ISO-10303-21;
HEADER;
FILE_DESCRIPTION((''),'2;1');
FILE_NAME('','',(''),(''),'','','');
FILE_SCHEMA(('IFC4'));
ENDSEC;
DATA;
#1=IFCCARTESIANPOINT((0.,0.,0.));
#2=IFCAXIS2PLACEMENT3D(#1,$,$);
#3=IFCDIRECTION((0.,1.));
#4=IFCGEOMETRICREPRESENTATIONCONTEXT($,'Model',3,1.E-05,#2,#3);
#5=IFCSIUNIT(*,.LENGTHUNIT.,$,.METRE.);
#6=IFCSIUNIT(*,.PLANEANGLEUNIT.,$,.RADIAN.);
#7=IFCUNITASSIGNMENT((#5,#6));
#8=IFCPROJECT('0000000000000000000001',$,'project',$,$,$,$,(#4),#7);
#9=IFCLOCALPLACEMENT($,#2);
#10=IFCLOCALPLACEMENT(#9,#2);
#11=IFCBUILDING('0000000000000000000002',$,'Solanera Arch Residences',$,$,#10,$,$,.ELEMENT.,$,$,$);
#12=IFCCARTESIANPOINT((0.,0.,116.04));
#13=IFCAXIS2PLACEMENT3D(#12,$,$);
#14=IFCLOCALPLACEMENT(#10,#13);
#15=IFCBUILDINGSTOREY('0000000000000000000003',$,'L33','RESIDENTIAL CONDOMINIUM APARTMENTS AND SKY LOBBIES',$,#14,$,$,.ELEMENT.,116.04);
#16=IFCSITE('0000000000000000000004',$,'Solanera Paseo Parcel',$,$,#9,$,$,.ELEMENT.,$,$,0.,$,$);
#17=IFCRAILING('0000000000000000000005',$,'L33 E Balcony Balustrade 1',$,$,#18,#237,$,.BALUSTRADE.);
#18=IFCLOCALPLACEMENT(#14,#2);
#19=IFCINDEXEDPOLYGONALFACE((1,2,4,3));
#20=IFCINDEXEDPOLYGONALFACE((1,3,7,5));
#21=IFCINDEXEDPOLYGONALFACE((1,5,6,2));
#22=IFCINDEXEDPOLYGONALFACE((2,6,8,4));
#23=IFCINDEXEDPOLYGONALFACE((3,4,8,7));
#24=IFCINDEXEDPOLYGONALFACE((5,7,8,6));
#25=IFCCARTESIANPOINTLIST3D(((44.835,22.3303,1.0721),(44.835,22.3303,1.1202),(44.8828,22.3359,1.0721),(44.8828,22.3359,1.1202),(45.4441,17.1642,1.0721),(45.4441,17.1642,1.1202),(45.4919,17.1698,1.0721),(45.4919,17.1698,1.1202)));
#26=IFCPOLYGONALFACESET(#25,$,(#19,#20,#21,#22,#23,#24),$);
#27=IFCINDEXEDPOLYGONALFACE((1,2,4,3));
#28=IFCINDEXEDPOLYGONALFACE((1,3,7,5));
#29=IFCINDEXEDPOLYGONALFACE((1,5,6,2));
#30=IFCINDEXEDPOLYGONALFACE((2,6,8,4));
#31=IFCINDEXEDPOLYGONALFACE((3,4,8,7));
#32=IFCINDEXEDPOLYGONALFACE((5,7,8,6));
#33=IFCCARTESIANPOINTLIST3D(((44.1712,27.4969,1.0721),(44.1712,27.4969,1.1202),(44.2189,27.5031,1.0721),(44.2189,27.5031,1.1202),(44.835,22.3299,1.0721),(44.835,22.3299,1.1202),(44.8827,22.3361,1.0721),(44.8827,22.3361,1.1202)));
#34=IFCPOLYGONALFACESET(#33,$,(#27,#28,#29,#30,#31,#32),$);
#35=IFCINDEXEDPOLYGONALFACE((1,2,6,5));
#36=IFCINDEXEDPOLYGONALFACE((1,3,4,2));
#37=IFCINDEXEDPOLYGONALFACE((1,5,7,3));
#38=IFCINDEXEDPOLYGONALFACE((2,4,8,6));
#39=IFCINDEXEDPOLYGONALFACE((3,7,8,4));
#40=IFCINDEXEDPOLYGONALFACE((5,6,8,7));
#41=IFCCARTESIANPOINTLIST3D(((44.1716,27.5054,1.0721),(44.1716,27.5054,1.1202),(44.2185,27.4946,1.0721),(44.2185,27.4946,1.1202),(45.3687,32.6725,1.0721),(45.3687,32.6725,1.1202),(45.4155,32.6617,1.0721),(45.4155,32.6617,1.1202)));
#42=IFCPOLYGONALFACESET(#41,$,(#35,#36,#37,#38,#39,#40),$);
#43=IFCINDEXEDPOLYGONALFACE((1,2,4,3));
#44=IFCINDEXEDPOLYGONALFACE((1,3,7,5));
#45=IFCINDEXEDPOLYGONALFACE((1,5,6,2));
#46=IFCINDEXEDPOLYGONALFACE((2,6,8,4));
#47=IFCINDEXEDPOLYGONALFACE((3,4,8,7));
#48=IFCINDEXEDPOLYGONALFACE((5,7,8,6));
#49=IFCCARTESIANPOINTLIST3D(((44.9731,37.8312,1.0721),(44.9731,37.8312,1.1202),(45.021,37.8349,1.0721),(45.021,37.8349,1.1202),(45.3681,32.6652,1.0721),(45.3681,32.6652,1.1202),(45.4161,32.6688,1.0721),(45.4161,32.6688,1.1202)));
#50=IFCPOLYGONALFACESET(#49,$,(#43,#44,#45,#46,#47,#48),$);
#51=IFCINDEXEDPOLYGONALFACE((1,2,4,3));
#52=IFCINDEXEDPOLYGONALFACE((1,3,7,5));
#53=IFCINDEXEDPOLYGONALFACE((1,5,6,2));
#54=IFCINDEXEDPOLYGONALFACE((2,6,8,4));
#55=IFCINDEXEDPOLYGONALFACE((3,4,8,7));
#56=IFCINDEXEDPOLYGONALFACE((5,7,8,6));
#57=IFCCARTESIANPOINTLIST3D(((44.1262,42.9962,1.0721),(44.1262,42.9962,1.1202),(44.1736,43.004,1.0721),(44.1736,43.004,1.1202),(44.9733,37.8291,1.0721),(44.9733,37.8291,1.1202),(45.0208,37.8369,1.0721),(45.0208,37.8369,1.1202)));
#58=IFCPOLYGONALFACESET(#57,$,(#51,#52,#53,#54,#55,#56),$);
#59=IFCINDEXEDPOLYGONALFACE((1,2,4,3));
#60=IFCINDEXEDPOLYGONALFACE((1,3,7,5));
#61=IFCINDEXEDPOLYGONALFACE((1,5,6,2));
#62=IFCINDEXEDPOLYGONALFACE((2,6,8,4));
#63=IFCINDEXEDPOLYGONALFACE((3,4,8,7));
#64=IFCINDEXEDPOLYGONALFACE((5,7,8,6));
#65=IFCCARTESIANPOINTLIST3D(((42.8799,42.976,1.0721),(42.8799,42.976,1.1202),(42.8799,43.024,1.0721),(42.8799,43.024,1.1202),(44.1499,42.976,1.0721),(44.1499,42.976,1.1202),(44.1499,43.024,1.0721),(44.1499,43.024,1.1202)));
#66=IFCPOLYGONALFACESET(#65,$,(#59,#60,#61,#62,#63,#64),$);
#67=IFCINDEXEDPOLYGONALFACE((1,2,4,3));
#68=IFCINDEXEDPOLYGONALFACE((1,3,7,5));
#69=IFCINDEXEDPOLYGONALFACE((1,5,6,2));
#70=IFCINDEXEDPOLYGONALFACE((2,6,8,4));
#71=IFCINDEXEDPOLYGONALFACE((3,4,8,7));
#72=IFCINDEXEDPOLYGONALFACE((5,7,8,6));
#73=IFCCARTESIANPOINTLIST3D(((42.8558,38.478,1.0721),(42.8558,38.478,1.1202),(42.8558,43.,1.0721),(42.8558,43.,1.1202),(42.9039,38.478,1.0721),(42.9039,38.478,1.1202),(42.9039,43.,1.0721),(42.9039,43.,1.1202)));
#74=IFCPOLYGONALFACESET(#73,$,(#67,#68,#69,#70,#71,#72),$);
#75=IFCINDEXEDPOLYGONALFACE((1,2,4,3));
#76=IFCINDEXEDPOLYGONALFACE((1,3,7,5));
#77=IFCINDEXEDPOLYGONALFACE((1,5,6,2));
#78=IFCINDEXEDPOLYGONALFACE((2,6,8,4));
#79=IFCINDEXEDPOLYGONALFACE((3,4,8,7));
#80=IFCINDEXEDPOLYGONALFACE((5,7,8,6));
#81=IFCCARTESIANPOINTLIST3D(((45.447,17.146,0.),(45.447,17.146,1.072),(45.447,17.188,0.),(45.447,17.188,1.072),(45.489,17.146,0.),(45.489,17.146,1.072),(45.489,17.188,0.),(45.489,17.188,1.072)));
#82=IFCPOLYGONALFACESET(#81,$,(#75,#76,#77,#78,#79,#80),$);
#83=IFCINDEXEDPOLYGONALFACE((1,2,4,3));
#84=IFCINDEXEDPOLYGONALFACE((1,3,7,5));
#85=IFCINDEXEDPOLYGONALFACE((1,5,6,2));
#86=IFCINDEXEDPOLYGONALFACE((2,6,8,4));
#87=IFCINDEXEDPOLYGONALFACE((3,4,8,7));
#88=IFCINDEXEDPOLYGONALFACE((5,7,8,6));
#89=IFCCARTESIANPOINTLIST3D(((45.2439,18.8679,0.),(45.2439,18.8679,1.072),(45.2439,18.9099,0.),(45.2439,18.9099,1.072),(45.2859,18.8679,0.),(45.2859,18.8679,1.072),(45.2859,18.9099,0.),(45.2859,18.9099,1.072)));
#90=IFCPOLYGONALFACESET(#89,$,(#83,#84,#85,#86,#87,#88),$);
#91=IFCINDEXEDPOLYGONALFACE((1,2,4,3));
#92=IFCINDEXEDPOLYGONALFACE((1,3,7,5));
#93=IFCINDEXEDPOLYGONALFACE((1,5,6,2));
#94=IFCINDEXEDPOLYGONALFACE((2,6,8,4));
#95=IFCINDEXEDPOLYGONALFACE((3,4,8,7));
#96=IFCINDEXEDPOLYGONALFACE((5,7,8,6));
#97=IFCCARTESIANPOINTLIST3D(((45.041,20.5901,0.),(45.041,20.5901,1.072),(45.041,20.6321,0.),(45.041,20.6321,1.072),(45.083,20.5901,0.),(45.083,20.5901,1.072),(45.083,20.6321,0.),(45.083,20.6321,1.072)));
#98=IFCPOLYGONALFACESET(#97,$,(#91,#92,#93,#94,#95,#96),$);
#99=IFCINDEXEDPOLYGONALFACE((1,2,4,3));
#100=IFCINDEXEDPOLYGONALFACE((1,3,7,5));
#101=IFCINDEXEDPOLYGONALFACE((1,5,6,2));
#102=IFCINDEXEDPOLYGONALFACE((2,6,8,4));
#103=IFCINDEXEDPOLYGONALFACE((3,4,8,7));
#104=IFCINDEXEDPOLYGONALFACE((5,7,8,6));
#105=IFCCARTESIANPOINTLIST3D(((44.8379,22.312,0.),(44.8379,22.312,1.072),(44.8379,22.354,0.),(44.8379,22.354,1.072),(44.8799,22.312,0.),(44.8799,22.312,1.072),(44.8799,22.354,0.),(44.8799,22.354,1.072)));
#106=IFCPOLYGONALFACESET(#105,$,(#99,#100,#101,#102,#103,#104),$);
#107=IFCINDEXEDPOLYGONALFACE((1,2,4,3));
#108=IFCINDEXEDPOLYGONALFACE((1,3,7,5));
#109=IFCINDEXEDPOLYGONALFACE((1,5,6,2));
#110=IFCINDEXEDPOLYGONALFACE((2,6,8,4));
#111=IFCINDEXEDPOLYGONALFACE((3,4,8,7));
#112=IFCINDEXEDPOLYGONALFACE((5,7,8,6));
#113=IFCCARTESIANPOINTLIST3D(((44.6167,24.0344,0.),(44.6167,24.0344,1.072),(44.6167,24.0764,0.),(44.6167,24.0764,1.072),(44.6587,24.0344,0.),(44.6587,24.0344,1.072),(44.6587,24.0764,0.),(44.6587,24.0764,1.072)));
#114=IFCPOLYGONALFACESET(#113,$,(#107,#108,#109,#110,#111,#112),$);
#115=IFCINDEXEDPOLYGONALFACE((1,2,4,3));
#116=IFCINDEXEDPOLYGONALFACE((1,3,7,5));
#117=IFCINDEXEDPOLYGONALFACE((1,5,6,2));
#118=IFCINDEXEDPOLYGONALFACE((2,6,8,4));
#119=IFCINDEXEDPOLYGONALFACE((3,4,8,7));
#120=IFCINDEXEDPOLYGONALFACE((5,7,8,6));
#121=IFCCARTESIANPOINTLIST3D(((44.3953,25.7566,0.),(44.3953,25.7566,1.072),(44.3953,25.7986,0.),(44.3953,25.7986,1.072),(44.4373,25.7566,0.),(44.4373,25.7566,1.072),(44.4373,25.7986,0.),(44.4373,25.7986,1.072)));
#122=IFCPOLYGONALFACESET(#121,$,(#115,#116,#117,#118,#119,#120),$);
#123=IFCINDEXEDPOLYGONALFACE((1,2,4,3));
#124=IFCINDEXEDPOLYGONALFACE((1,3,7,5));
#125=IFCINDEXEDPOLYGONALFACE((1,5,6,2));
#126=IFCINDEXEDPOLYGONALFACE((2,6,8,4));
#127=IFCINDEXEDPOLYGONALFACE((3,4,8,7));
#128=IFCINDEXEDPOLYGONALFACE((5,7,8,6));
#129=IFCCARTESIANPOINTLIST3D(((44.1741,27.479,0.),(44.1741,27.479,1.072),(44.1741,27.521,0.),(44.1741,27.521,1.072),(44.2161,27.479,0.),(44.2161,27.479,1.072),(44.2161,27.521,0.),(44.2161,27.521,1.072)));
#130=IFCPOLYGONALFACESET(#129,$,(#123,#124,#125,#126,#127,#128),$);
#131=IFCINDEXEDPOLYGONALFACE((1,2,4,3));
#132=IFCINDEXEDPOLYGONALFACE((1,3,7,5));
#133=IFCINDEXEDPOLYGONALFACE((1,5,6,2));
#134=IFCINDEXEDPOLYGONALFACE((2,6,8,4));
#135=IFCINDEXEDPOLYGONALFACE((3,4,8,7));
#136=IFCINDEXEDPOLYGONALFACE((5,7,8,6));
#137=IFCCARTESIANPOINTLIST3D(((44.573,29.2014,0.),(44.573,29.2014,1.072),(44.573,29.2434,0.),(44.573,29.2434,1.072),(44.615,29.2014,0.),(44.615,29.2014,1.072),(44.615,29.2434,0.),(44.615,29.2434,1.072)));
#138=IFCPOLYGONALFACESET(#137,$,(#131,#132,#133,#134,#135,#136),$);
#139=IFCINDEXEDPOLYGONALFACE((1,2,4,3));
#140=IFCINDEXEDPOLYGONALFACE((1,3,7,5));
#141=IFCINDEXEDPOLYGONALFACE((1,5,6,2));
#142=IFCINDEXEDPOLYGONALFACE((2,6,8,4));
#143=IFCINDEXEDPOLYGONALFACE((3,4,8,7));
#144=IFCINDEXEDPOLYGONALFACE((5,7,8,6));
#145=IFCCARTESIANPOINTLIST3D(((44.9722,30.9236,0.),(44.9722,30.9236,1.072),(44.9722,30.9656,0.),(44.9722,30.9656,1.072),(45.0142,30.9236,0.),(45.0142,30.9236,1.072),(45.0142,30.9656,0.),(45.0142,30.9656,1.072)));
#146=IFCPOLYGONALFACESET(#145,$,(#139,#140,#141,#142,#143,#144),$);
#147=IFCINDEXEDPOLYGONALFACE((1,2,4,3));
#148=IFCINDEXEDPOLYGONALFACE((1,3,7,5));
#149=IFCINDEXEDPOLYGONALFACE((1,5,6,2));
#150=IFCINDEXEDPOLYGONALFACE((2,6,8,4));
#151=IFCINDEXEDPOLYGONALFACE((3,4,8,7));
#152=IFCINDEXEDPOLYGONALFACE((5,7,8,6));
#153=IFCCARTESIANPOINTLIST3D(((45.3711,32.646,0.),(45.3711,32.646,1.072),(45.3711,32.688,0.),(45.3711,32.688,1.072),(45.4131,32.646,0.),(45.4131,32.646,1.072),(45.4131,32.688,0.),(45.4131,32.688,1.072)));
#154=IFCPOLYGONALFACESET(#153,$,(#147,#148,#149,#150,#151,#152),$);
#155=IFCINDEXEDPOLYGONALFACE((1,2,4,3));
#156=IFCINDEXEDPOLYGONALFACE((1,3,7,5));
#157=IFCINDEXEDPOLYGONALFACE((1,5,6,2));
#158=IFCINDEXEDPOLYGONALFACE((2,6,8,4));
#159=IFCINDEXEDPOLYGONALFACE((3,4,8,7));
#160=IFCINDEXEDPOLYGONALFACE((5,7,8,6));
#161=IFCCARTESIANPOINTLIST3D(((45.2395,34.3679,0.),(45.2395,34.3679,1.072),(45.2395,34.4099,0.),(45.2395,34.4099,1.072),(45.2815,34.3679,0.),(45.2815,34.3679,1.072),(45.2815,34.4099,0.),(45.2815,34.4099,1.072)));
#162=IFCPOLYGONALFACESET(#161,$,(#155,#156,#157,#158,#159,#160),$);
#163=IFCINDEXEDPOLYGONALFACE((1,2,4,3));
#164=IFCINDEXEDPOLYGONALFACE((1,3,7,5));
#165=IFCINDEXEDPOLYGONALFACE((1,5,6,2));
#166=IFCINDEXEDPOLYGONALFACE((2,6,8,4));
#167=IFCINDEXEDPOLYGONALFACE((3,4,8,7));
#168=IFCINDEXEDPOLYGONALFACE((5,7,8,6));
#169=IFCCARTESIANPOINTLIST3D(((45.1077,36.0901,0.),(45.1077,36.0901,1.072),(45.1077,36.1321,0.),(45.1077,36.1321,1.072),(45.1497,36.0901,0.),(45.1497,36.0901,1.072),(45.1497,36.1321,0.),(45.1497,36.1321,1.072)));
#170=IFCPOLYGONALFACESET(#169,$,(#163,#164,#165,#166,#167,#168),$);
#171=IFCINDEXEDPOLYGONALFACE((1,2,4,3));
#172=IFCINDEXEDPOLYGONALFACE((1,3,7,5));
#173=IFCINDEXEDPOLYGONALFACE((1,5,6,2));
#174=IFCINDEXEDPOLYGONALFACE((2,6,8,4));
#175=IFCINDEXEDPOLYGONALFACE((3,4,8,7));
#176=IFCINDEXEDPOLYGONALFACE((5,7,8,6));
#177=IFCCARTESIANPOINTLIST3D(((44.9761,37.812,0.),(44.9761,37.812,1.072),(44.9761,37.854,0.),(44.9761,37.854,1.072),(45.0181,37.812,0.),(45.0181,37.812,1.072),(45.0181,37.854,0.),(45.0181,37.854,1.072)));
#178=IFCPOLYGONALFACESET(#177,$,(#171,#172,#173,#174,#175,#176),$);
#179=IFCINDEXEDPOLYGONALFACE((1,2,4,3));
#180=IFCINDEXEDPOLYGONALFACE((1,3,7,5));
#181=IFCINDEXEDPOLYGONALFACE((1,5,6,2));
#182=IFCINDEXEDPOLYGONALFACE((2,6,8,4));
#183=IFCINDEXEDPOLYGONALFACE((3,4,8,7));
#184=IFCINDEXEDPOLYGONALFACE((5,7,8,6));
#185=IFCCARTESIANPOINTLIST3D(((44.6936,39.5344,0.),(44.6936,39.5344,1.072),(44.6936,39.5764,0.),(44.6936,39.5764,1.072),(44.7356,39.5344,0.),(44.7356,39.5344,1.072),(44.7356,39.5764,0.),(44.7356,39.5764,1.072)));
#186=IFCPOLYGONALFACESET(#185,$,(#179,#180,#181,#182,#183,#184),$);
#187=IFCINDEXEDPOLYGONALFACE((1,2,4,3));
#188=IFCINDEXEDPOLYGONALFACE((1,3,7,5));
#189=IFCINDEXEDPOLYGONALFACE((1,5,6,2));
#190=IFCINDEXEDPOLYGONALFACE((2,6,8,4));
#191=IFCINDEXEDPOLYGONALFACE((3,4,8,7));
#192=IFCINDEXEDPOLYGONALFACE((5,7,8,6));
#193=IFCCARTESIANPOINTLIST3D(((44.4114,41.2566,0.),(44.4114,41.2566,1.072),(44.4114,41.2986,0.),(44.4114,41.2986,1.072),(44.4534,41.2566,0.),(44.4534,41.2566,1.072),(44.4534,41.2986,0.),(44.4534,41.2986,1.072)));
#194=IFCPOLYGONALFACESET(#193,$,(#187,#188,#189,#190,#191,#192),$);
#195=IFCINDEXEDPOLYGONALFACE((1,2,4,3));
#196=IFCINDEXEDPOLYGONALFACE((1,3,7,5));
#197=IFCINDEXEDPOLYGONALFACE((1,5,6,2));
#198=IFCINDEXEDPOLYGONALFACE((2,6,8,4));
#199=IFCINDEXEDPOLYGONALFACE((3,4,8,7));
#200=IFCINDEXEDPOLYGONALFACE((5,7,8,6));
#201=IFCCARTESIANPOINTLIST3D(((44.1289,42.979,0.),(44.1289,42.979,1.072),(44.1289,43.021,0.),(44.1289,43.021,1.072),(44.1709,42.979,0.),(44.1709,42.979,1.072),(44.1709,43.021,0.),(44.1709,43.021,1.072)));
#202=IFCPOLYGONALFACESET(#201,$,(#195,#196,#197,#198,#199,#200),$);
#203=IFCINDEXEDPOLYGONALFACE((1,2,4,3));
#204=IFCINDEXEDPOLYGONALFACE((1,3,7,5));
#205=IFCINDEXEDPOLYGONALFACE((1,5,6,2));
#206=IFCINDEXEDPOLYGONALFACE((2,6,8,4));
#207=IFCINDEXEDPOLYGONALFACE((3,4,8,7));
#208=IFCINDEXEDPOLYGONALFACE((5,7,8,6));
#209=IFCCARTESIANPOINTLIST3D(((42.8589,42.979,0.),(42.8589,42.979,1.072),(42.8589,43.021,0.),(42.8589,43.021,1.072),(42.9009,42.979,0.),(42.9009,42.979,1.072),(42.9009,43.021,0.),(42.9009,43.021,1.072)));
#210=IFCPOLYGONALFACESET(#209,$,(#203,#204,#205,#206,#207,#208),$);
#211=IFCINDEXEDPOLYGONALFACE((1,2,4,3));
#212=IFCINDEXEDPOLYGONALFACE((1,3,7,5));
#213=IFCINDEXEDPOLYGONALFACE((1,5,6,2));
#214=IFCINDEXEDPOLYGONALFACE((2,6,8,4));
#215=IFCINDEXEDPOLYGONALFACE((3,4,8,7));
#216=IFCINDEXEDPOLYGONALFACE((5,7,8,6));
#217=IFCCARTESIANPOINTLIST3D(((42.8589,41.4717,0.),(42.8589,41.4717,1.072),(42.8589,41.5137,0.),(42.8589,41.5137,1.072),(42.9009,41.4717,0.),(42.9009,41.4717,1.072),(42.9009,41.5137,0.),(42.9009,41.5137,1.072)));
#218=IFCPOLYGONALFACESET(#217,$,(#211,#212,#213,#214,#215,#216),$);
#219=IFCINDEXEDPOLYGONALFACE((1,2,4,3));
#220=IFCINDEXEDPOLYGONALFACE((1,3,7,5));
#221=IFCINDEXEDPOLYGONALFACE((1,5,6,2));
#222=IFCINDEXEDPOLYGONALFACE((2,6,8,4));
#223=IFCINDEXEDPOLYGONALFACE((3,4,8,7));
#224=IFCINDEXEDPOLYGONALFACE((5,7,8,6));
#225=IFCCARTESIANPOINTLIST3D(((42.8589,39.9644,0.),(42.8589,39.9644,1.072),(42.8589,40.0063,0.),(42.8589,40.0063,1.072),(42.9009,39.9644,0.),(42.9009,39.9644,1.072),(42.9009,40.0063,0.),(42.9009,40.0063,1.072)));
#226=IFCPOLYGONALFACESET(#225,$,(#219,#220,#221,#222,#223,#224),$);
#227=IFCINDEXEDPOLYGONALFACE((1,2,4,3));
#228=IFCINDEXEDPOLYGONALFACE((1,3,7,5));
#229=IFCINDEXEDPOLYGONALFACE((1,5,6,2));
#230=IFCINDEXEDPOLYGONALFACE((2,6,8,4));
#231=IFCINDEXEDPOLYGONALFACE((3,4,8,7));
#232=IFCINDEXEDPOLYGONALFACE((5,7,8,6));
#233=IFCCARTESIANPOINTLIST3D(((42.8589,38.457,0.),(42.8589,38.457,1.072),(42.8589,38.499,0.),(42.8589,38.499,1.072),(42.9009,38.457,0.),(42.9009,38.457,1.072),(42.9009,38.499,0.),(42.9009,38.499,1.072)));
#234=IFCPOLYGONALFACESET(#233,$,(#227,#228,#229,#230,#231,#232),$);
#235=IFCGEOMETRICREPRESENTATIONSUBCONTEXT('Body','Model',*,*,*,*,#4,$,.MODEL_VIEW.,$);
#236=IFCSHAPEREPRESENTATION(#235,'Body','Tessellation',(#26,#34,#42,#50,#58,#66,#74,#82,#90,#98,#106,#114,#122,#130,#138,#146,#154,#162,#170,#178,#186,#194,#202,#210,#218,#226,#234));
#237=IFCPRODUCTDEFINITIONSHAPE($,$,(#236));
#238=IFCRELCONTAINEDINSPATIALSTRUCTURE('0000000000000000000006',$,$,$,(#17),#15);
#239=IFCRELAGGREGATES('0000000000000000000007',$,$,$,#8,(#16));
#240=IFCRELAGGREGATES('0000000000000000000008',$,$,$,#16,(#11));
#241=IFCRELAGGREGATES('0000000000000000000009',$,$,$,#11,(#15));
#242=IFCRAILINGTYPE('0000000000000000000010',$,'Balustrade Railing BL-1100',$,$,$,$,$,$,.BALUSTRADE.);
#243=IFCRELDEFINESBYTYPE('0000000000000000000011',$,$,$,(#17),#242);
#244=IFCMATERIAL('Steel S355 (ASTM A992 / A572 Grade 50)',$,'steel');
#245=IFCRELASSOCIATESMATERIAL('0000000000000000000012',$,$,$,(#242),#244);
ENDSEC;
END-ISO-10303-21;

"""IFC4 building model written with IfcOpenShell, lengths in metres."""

from ifc_helpers import new_model, si_unit, direction, frame, origin, origin_2d, place, context, subcontext, project, spatial, rectangle, extrude, material, type_object, element, save


model = new_model("IFC4")

# Units and contexts
model_context = context("Model", 3, precision=1e-05, world=origin(), true_north=direction((0.0, 1.0)))
body_context = subcontext(model_context, "Body", "Model", "MODEL_VIEW")
ifc_project = project(units=[si_unit("LENGTHUNIT", "METRE"), si_unit("PLANEANGLEUNIT", "RADIAN")], contexts=[model_context])

# Site, building, storey
site_placement = place(None, origin())
site = spatial("IfcSite", under=ifc_project, at=site_placement, Name="Solanera Paseo Parcel", CompositionType="ELEMENT", RefElevation=0.0)
building_placement = place(site_placement, origin())
building = spatial("IfcBuilding", under=site, at=building_placement, Name="Solanera Arch Residences", CompositionType="ELEMENT")
storey_placement = place(building_placement, frame((0.0, 0.0, 116.04)))
storey = spatial("IfcBuildingStorey", under=building, at=storey_placement, Name="L33", Description="RESIDENTIAL CONDOMINIUM APARTMENTS AND SKY LOBBIES", CompositionType="ELEMENT", Elevation=116.04)

# Railing
ifc_material_1 = material(Name="Steel S355 (ASTM A992 / A572 Grade 50)", Category="steel")
railing_type = type_object("IfcRailingType", Name="Balustrade Railing BL-1100", PredefinedType="BALUSTRADE", material=ifc_material_1)
railing_placement = place(storey_placement, frame((45.468, 17.167, 0.0)))
element("IfcRailing", 1, at=railing_placement, inside=storey, type_object=railing_type, Name="L33 E Balcony Balustrade 1", PredefinedType="BALUSTRADE", context=body_context, shape_type="SweptSolid", body=[
    extrude(rectangle(XDim=0.0481, YDim=0.0481, at=origin_2d()), frame((0.0, 0.0, 1.0962), z_axis=(-0.1171, 0.99312, 0.0), x_axis=(-0.99312, -0.1171, 0.0)), (0.0, 0.0, 1.0), 5.2019),
    extrude(rectangle(XDim=0.0481, YDim=0.0481, at=origin_2d()), frame((-0.6091, 5.166, 1.0962), z_axis=(-0.127426, 0.991848, 0.0), x_axis=(-0.991848, -0.127426, 0.0)), (0.0, 0.0, 1.0), 5.2095),
    extrude(rectangle(XDim=0.0481, YDim=0.0481, at=origin_2d()), frame((-1.2729, 10.333, 1.0962), z_axis=(0.22569, 0.974199, 0.0), x_axis=(-0.974199, 0.22569, 0.0)), (0.0, 0.0, 1.0), 5.304),
    extrude(rectangle(XDim=0.0481, YDim=0.0481, at=origin_2d()), frame((-0.0759, 15.5, 1.0962), z_axis=(-0.076242, 0.997089, 0.0), x_axis=(-0.997089, -0.076242, 0.0)), (0.0, 0.0, 1.0), 5.1812),
    extrude(rectangle(XDim=0.0481, YDim=0.0481, at=origin_2d()), frame((-0.4709, 20.666, 1.0962), z_axis=(-0.161797, 0.986824, 0.0), x_axis=(-0.986824, -0.161797, 0.0)), (0.0, 0.0, 1.0), 5.2361),
    extrude(rectangle(XDim=0.0481, YDim=0.0481, at=origin_2d()), frame((-1.3181, 25.833, 1.0962), z_axis=(-1.0, 0.0, 0.0), x_axis=(0.0, -1.0, 0.0)), (0.0, 0.0, 1.0), 1.27),
    extrude(rectangle(XDim=0.0481, YDim=0.0481, at=origin_2d()), frame((-2.5881, 25.833, 1.0962), z_axis=(0.0, -1.0, 0.0), x_axis=(1.0, 0.0, 0.0)), (0.0, 0.0, 1.0), 4.522),
    extrude(rectangle(XDim=0.042, YDim=0.042, at=origin_2d()), origin(), (0.0, 0.0, 1.0), 1.072),
    extrude(rectangle(XDim=0.042, YDim=0.042, at=origin_2d()), frame((-0.2031, 1.7219, 0.0)), (0.0, 0.0, 1.0), 1.072),
    extrude(rectangle(XDim=0.042, YDim=0.042, at=origin_2d()), frame((-0.406, 3.4441, 0.0)), (0.0, 0.0, 1.0), 1.072),
    extrude(rectangle(XDim=0.042, YDim=0.042, at=origin_2d()), frame((-0.6091, 5.166, 0.0)), (0.0, 0.0, 1.0), 1.072),
    extrude(rectangle(XDim=0.042, YDim=0.042, at=origin_2d()), frame((-0.8303, 6.8884, 0.0)), (0.0, 0.0, 1.0), 1.072),
    extrude(rectangle(XDim=0.042, YDim=0.042, at=origin_2d()), frame((-1.0518, 8.6106, 0.0)), (0.0, 0.0, 1.0), 1.072),
    extrude(rectangle(XDim=0.042, YDim=0.042, at=origin_2d()), frame((-1.2729, 10.333, 0.0)), (0.0, 0.0, 1.0), 1.072),
    extrude(rectangle(XDim=0.042, YDim=0.042, at=origin_2d()), frame((-0.874, 12.0554, 0.0)), (0.0, 0.0, 1.0), 1.072),
    extrude(rectangle(XDim=0.042, YDim=0.042, at=origin_2d()), frame((-0.4749, 13.7776, 0.0)), (0.0, 0.0, 1.0), 1.072),
    extrude(rectangle(XDim=0.042, YDim=0.042, at=origin_2d()), frame((-0.0759, 15.5, 0.0)), (0.0, 0.0, 1.0), 1.072),
    extrude(rectangle(XDim=0.042, YDim=0.042, at=origin_2d()), frame((-0.2075, 17.2219, 0.0)), (0.0, 0.0, 1.0), 1.072),
    extrude(rectangle(XDim=0.042, YDim=0.042, at=origin_2d()), frame((-0.3394, 18.9441, 0.0)), (0.0, 0.0, 1.0), 1.072),
    extrude(rectangle(XDim=0.042, YDim=0.042, at=origin_2d()), frame((-0.4709, 20.666, 0.0)), (0.0, 0.0, 1.0), 1.072),
    extrude(rectangle(XDim=0.042, YDim=0.042, at=origin_2d()), frame((-0.7534, 22.3884, 0.0)), (0.0, 0.0, 1.0), 1.072),
    extrude(rectangle(XDim=0.042, YDim=0.042, at=origin_2d()), frame((-1.0356, 24.1106, 0.0)), (0.0, 0.0, 1.0), 1.072),
    extrude(rectangle(XDim=0.042, YDim=0.042, at=origin_2d()), frame((-1.3181, 25.833, 0.0)), (0.0, 0.0, 1.0), 1.072),
    extrude(rectangle(XDim=0.042, YDim=0.042, at=origin_2d()), frame((-2.5881, 25.833, 0.0)), (0.0, 0.0, 1.0), 1.072),
    extrude(rectangle(XDim=0.042, YDim=0.042, at=origin_2d()), frame((-2.5881, 24.3257, 0.0)), (0.0, 0.0, 1.0), 1.072),
    extrude(rectangle(XDim=0.042, YDim=0.042, at=origin_2d()), frame((-2.5881, 22.8184, 0.0)), (0.0, 0.0, 1.0), 1.072),
    extrude(rectangle(XDim=0.042, YDim=0.042, at=origin_2d()), frame((-2.5881, 21.311, 0.0)), (0.0, 0.0, 1.0), 1.072),
])

save(model, "model.ifc")
